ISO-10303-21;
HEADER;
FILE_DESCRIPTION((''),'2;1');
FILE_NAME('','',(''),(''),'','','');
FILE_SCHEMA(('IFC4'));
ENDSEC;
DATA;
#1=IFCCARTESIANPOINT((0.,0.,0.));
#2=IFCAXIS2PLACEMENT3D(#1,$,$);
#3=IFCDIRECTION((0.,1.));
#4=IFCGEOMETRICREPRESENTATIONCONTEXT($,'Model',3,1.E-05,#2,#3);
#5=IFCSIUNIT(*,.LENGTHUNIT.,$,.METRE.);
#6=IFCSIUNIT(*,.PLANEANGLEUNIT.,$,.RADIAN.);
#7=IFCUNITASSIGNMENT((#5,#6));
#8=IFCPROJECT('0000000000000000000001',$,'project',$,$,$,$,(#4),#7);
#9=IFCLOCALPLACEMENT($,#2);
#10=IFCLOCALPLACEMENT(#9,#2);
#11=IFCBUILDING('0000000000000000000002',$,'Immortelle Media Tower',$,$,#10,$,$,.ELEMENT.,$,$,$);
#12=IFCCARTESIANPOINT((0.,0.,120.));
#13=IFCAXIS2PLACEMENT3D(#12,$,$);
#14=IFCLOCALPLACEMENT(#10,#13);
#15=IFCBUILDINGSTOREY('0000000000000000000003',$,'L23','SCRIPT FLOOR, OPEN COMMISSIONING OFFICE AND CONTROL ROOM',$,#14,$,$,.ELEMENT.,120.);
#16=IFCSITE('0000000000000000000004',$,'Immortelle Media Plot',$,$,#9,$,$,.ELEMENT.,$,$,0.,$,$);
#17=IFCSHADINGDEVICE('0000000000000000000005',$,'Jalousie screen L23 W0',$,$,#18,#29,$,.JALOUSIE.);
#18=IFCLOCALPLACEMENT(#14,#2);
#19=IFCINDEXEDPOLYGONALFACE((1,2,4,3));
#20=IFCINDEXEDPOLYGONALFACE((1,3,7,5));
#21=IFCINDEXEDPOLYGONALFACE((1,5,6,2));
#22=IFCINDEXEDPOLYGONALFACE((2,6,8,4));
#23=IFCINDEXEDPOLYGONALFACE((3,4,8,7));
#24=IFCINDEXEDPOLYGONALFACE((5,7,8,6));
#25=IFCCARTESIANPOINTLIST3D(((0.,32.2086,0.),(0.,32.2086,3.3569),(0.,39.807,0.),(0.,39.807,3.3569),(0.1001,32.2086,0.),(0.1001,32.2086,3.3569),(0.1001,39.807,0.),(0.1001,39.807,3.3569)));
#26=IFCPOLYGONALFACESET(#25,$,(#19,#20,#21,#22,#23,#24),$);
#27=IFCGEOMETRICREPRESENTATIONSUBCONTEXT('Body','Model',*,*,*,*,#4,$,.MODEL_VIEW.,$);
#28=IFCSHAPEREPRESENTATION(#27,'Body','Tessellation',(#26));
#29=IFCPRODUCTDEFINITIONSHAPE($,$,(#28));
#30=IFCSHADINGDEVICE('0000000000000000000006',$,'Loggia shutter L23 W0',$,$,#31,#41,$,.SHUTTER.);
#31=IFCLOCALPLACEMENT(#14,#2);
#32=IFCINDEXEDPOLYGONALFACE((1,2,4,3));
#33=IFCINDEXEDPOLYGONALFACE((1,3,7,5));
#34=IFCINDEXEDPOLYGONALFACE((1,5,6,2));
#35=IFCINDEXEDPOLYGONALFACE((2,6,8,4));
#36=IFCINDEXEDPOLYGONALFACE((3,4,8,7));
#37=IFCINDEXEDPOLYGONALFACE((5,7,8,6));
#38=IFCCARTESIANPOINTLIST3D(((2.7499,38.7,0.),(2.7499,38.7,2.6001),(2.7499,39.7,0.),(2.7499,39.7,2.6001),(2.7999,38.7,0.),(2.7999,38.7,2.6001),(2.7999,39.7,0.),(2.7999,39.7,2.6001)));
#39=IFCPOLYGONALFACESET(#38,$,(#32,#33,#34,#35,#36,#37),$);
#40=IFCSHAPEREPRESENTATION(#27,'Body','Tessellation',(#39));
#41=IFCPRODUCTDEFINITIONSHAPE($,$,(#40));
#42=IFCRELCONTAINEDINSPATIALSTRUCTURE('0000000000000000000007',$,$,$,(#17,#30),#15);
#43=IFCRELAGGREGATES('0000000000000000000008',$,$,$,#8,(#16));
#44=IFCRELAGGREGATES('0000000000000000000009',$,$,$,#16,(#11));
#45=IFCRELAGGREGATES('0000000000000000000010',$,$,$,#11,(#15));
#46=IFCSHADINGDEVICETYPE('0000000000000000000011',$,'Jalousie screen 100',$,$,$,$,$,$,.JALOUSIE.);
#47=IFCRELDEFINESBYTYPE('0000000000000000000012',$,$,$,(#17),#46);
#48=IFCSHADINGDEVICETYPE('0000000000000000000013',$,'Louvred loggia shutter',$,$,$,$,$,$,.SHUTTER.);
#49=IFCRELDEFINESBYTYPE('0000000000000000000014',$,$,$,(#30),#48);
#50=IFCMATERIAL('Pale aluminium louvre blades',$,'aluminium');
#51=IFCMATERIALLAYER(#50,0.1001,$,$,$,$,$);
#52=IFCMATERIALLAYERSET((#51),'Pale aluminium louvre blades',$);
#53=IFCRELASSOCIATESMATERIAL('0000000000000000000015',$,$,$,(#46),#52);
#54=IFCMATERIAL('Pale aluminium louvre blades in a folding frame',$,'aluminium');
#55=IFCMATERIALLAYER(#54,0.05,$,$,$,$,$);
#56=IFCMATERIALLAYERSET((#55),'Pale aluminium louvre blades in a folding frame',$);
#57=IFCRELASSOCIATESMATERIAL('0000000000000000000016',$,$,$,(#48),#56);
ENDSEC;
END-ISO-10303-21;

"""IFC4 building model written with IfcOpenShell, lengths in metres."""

from ifc_helpers import new_model, si_unit, direction, frame, origin, origin_2d, place, context, subcontext, project, spatial, rectangle, extrude, material, layer, layer_set, type_object, element, save


model = new_model("IFC4")

# Units and contexts
model_context = context("Model", 3, precision=1e-05, world=origin(), true_north=direction((0.0, 1.0)))
body_context = subcontext(model_context, "Body", "Model", "MODEL_VIEW")
ifc_project = project(units=[si_unit("LENGTHUNIT", "METRE"), si_unit("PLANEANGLEUNIT", "RADIAN")], contexts=[model_context])

# Site, building, storey
site_placement = place(None, origin())
site = spatial("IfcSite", under=ifc_project, at=site_placement, Name="Immortelle Media Plot", CompositionType="ELEMENT", RefElevation=0.0)
building_placement = place(site_placement, origin())
building = spatial("IfcBuilding", under=site, at=building_placement, Name="Immortelle Media Tower", CompositionType="ELEMENT")
storey_placement = place(building_placement, frame((0.0, 0.0, 120.0)))
storey = spatial("IfcBuildingStorey", under=building, at=storey_placement, Name="L23", Description="SCRIPT FLOOR, OPEN COMMISSIONING OFFICE AND CONTROL ROOM", CompositionType="ELEMENT", Elevation=120.0)

# Shading devices
ifc_material_1 = material(Name="Pale aluminium louvre blades", Category="aluminium")
ifc_layer_1 = layer(ifc_material_1, 0.1001)
ifc_layer_set_1 = layer_set([ifc_layer_1], Name="Pale aluminium louvre blades")
shading_device_type_1 = type_object("IfcShadingDeviceType", Name="Jalousie screen 100", PredefinedType="JALOUSIE", material=ifc_layer_set_1)
shading_device_1_placement = place(storey_placement, frame((0.05, 36.0078, 0.0), z_axis=(0.0, 0.0, 1.0), x_axis=(0.0, -1.0, 0.0)))
element("IfcShadingDevice", 1, at=shading_device_1_placement, inside=storey, type_object=shading_device_type_1, Name="Jalousie screen L23 W0", PredefinedType="JALOUSIE", context=body_context, shape_type="SweptSolid", body=[
    extrude(rectangle(XDim=7.5984, YDim=0.1001, at=origin_2d()), origin(), (0.0, 0.0, 1.0), 3.3569),
])
ifc_material_2 = material(Name="Pale aluminium louvre blades in a folding frame", Category="aluminium")
ifc_layer_2 = layer(ifc_material_2, 0.05)
ifc_layer_set_2 = layer_set([ifc_layer_2], Name="Pale aluminium louvre blades in a folding frame")
shading_device_type_2 = type_object("IfcShadingDeviceType", Name="Louvred loggia shutter", PredefinedType="SHUTTER", material=ifc_layer_set_2)
shading_device_2_placement = place(storey_placement, frame((2.7749, 39.2, 0.0), z_axis=(0.0, 0.0, 1.0), x_axis=(0.0, -1.0, 0.0)))
element("IfcShadingDevice", 2, at=shading_device_2_placement, inside=storey, type_object=shading_device_type_2, Name="Loggia shutter L23 W0", PredefinedType="SHUTTER", context=body_context, shape_type="SweptSolid", body=[
    extrude(rectangle(XDim=1.0, YDim=0.05, at=origin_2d()), origin(), (0.0, 0.0, 1.0), 2.6001),
])

save(model, "model.ifc")
